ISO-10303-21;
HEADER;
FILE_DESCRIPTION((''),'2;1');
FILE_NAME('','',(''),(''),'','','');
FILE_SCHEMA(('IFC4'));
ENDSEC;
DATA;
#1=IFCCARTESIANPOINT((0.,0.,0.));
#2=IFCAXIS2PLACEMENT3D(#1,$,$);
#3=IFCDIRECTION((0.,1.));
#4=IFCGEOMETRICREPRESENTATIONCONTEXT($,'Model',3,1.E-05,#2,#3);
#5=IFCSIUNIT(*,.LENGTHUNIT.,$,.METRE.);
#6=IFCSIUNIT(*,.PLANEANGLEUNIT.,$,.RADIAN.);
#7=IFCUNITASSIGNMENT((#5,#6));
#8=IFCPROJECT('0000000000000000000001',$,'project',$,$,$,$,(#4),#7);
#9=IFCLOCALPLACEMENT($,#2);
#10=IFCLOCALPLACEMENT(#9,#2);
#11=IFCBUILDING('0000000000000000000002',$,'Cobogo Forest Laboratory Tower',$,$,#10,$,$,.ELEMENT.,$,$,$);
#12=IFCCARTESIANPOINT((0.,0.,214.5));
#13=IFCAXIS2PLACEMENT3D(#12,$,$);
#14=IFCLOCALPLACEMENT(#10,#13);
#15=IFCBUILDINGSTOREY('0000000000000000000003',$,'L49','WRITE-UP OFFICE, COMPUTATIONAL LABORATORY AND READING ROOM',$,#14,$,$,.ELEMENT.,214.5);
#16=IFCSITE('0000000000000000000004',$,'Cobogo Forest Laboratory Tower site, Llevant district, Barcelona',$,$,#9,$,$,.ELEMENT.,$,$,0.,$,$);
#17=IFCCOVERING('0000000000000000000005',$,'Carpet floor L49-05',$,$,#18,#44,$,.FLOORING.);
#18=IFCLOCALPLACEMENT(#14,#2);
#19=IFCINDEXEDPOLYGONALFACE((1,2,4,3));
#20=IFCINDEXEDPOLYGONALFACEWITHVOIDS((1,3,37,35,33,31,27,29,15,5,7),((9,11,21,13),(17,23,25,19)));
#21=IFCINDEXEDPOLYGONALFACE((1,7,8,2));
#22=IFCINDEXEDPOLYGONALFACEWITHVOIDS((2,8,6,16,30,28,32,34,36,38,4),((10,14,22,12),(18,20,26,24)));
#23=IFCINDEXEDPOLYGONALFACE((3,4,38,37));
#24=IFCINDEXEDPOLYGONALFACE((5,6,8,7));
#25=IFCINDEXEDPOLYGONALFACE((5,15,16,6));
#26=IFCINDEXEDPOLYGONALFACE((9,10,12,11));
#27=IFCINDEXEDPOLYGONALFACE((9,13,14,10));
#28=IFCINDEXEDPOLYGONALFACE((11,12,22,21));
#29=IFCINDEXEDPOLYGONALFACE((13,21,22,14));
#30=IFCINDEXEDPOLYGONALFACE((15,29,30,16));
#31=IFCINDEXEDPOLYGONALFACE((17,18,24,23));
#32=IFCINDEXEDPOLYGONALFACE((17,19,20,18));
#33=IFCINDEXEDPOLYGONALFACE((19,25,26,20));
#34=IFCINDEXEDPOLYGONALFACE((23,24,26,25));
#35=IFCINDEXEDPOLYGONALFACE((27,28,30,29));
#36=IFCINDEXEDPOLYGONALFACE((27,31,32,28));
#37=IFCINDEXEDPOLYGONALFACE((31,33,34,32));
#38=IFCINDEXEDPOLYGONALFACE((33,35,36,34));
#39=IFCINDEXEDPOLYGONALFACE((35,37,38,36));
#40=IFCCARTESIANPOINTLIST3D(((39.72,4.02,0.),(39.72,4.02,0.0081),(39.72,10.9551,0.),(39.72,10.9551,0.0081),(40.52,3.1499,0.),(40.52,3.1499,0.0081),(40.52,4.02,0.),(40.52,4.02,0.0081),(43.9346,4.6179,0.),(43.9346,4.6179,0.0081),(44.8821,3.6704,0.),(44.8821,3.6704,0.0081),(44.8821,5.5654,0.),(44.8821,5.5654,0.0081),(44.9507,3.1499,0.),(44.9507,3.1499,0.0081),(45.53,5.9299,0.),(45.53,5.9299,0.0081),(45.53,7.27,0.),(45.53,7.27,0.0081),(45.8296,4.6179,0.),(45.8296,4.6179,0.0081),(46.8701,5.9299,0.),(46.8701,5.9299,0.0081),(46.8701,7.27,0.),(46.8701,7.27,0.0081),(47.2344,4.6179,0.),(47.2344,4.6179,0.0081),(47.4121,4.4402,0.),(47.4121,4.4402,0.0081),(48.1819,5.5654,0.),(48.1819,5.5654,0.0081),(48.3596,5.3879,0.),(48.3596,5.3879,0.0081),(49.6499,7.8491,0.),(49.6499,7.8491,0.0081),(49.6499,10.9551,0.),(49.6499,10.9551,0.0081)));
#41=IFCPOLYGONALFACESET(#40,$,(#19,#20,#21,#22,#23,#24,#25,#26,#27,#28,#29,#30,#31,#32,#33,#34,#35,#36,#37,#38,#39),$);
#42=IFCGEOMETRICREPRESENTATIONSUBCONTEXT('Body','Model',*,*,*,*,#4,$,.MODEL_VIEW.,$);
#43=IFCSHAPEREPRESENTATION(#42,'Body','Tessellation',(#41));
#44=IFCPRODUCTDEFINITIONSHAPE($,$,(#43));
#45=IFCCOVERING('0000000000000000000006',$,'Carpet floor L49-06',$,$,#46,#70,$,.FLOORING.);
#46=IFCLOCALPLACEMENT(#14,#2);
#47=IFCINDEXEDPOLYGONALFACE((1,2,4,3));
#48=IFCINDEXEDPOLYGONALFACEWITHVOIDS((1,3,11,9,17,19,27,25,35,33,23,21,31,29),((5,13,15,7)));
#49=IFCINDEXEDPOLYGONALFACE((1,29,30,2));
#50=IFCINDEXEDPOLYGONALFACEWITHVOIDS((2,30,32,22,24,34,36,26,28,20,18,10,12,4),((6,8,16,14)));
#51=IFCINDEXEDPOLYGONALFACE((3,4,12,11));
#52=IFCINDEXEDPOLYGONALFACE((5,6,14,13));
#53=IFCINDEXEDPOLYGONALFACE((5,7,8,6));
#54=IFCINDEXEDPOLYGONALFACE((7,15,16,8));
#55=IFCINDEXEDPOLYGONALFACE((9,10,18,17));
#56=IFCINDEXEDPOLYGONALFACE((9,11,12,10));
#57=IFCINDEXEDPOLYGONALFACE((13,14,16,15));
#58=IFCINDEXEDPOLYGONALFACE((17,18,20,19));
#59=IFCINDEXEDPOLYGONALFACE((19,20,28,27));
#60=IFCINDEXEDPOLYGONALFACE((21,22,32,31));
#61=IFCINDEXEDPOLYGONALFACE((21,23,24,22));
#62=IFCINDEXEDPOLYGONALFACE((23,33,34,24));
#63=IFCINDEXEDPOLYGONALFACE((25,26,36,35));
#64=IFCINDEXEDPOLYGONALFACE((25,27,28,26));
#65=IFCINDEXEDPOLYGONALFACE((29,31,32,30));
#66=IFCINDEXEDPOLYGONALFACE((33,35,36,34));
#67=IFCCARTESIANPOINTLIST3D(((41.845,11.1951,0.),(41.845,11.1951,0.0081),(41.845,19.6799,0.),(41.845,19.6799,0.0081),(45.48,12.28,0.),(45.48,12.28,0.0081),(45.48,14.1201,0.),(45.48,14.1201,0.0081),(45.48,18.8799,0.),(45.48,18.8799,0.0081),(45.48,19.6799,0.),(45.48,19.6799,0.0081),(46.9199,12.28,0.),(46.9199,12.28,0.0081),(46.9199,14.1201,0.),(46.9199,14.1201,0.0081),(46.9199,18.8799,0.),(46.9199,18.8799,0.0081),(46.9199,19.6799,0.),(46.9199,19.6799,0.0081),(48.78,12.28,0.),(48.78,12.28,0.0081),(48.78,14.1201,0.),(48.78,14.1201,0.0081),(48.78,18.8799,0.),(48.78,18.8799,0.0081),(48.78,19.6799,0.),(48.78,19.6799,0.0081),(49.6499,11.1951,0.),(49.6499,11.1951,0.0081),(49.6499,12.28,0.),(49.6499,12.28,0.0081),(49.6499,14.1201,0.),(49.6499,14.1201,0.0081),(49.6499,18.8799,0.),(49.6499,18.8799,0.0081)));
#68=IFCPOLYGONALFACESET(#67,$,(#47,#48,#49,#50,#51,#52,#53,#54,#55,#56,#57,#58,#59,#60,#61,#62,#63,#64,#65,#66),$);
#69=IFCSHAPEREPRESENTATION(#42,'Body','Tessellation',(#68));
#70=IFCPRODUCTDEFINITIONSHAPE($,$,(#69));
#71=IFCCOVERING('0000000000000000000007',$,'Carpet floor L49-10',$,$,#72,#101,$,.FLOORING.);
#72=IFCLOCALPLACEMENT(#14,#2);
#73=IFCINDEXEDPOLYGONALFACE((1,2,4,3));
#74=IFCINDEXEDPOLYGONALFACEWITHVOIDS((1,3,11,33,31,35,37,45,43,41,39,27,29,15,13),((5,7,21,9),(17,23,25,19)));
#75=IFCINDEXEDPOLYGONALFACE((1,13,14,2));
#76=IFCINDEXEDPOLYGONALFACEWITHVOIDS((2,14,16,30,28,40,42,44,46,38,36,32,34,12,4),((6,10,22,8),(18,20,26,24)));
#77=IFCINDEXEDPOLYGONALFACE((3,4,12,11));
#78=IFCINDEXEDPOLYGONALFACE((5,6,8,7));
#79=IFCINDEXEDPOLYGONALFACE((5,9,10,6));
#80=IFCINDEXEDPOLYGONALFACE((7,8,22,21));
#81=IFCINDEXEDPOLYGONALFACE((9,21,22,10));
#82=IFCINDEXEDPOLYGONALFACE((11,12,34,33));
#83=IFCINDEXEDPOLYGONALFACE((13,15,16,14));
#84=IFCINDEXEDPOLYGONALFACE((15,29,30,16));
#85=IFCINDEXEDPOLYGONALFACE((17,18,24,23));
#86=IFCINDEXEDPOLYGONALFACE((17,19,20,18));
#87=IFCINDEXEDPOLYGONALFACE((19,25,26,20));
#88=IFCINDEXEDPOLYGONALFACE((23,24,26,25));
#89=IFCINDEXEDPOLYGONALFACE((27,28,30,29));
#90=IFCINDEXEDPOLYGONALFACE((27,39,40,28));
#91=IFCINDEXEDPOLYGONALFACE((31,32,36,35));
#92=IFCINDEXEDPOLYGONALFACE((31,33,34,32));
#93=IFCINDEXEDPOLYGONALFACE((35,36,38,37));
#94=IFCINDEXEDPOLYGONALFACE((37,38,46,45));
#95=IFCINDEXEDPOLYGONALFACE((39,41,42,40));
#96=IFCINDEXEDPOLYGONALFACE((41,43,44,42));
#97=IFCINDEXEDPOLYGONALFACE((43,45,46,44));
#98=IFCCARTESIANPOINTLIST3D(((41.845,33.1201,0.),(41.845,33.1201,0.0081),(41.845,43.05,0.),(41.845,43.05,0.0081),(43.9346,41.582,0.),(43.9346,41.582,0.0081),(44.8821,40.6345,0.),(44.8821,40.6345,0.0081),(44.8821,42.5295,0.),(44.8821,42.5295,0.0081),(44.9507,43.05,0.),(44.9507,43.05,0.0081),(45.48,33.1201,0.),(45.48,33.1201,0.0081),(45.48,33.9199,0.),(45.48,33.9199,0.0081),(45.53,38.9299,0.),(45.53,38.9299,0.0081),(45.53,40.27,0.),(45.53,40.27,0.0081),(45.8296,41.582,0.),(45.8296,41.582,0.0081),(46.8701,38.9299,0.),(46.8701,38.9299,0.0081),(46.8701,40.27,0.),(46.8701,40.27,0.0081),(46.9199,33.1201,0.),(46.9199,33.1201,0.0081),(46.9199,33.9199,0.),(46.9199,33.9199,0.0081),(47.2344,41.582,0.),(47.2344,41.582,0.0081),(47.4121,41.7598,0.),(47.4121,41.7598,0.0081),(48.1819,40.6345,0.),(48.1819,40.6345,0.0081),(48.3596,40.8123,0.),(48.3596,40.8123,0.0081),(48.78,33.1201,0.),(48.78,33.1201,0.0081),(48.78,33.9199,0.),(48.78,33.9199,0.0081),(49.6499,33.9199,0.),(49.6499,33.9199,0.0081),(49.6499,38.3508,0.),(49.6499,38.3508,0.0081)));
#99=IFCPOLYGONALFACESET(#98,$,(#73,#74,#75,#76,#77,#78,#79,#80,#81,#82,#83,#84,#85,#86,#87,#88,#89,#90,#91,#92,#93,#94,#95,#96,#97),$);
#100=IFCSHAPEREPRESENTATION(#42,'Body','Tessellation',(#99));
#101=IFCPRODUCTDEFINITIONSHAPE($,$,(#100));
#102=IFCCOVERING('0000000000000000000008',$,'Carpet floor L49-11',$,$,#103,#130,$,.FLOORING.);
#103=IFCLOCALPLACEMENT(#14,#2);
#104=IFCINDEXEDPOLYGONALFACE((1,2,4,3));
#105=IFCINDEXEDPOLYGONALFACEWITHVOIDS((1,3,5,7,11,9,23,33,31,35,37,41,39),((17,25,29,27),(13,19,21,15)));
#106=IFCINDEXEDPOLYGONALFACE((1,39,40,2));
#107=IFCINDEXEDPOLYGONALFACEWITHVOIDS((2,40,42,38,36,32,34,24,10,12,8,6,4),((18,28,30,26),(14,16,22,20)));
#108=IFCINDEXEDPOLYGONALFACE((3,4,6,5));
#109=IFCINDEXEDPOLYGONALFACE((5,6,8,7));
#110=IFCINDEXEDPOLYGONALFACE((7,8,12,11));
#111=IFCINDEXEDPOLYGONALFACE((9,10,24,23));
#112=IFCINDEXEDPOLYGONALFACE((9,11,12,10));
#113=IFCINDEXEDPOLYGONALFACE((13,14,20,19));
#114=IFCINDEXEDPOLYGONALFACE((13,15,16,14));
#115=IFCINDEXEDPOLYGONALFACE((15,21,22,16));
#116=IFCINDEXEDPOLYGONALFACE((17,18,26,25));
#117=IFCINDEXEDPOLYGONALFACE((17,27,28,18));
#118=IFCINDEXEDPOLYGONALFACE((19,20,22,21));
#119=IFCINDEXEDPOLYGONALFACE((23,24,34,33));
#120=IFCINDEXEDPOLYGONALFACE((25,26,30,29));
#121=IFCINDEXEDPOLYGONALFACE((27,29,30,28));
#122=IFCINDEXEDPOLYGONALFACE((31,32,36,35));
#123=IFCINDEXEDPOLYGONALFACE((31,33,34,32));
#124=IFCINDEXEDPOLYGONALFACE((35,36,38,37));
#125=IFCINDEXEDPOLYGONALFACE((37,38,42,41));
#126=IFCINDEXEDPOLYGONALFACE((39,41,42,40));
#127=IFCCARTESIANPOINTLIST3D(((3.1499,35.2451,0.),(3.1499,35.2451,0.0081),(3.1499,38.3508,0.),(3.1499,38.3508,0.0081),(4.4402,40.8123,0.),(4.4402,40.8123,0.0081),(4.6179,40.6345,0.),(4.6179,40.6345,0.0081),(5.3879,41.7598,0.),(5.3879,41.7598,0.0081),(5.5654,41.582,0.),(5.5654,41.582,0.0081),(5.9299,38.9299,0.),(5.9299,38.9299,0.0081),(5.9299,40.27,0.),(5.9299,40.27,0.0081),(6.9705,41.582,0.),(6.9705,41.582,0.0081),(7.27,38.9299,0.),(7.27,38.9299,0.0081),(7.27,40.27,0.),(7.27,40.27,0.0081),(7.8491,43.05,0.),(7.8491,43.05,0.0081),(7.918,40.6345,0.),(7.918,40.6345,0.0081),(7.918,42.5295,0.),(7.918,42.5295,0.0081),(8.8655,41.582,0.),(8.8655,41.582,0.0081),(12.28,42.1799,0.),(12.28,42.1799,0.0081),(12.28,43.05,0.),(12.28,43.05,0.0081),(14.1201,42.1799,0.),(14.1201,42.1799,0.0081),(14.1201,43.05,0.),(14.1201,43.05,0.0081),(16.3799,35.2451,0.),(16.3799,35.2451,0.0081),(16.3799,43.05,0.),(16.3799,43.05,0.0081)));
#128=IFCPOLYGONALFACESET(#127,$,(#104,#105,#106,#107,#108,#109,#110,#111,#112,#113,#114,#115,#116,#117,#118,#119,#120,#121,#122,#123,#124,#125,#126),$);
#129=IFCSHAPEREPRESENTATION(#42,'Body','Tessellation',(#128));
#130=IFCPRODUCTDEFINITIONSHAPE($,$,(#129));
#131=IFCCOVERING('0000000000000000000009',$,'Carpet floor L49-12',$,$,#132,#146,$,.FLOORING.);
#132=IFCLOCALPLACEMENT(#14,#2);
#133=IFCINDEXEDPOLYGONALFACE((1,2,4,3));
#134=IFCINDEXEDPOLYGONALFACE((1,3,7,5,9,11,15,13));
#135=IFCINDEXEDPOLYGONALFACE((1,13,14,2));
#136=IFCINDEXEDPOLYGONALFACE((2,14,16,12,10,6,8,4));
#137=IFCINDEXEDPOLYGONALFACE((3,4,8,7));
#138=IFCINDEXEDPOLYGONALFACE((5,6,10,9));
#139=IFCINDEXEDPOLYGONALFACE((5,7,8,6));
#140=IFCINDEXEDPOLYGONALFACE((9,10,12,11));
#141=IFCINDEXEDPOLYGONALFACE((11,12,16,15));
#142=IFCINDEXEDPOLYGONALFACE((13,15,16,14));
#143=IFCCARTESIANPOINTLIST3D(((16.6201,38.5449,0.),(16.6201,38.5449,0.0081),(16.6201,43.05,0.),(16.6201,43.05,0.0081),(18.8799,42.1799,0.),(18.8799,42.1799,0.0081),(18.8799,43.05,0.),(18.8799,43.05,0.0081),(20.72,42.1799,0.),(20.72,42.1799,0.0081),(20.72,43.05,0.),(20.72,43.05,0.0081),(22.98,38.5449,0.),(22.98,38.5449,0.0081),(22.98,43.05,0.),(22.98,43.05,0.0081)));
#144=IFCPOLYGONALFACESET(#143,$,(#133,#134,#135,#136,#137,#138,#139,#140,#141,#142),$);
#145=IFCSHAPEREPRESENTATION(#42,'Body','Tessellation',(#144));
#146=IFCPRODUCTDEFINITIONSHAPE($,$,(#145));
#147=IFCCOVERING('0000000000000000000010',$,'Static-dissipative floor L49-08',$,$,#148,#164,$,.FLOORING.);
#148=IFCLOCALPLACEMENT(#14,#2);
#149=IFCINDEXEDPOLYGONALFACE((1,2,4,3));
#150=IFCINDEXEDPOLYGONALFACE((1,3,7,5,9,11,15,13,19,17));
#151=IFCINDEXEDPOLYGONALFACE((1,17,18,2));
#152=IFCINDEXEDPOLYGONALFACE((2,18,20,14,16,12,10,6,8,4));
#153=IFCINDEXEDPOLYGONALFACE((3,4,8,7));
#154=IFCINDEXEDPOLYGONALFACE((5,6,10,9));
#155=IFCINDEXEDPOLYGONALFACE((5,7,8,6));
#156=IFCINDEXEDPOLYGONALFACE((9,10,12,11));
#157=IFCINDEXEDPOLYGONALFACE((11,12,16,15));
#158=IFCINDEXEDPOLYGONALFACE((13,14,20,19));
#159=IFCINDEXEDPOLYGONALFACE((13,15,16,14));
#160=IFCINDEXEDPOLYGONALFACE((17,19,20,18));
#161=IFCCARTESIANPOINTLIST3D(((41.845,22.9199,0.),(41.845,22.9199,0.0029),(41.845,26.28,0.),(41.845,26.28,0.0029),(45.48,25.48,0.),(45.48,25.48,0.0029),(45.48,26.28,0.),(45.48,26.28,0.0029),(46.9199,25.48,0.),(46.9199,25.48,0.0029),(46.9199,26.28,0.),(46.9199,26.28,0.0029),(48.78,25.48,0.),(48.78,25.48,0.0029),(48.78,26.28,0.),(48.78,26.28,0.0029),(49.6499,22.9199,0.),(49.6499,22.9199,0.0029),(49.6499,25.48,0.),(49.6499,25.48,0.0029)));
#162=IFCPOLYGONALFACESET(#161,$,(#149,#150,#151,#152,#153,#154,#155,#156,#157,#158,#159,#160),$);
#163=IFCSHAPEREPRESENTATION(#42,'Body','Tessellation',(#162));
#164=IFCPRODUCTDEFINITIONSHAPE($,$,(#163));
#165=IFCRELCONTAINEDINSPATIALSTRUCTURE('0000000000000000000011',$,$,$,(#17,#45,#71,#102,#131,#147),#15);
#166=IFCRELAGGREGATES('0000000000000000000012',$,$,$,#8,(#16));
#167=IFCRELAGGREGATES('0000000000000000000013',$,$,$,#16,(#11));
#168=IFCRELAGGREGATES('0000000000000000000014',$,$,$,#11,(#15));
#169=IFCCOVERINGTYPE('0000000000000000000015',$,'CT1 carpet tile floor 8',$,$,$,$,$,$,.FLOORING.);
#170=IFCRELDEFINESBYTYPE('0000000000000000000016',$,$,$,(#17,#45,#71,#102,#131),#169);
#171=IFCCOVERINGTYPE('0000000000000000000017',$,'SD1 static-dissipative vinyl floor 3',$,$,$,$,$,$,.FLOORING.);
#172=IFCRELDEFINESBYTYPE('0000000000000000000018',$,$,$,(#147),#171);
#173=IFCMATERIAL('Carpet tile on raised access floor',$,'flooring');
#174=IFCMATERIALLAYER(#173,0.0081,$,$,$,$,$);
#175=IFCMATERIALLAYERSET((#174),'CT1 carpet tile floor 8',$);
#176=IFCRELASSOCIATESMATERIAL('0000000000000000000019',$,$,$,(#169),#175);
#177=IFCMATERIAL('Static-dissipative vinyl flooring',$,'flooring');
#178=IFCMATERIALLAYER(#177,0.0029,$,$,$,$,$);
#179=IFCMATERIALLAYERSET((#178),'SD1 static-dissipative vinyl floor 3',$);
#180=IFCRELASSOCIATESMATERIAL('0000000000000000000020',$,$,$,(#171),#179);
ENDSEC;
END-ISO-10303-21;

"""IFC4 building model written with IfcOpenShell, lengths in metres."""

from ifc_helpers import new_model, si_unit, direction, frame, origin, place, context, subcontext, project, spatial, polyline, outline, extrude, material, layer, layer_set, type_object, element, save


model = new_model("IFC4")

# Units and contexts
model_context = context("Model", 3, precision=1e-05, world=origin(), true_north=direction((0.0, 1.0)))
body_context = subcontext(model_context, "Body", "Model", "MODEL_VIEW")
ifc_project = project(units=[si_unit("LENGTHUNIT", "METRE"), si_unit("PLANEANGLEUNIT", "RADIAN")], contexts=[model_context])

# Site, building, storey
site_placement = place(None, origin())
site = spatial("IfcSite", under=ifc_project, at=site_placement, Name="Cobogo Forest Laboratory Tower site, Llevant district, Barcelona", CompositionType="ELEMENT", RefElevation=0.0)
building_placement = place(site_placement, origin())
building = spatial("IfcBuilding", under=site, at=building_placement, Name="Cobogo Forest Laboratory Tower", CompositionType="ELEMENT")
storey_placement = place(building_placement, frame((0.0, 0.0, 214.5)))
storey = spatial("IfcBuildingStorey", under=building, at=storey_placement, Name="L49", Description="WRITE-UP OFFICE, COMPUTATIONAL LABORATORY AND READING ROOM", CompositionType="ELEMENT", Elevation=214.5)

# Coverings
ifc_material_1 = material(Name="Carpet tile on raised access floor", Category="flooring")
ifc_layer_1 = layer(ifc_material_1, 0.0081)
ifc_layer_set_1 = layer_set([ifc_layer_1], Name="CT1 carpet tile floor 8")
covering_type_1 = type_object("IfcCoveringType", Name="CT1 carpet tile floor 8", PredefinedType="FLOORING", material=ifc_layer_set_1)
covering_1_placement = place(storey_placement, origin())
element("IfcCovering", 1, at=covering_1_placement, inside=storey, type_object=covering_type_1, Name="Carpet floor L49-05", PredefinedType="FLOORING", context=body_context, shape_type="SweptSolid", body=[
    extrude(outline(polyline([(49.6499, 10.9551), (49.6499, 7.8491), (48.3596, 5.3879), (48.1819, 5.5654), (47.2344, 4.6179), (47.4121, 4.4402), (44.9507, 3.1499), (40.52, 3.1499), (40.52, 4.02), (39.72, 4.02), (39.72, 10.9551), (49.6499, 10.9551)]), holes=[polyline([(45.53, 5.9299), (46.8701, 5.9299), (46.8701, 7.27), (45.53, 7.27), (45.53, 5.9299)]), polyline([(44.8821, 3.6704), (45.8296, 4.6179), (44.8821, 5.5654), (43.9346, 4.6179), (44.8821, 3.6704)])]), origin(), (0.0, 0.0, 1.0), 0.0081),
])
covering_2_placement = place(storey_placement, origin())
element("IfcCovering", 2, at=covering_2_placement, inside=storey, type_object=covering_type_1, Name="Carpet floor L49-06", PredefinedType="FLOORING", context=body_context, shape_type="SweptSolid", body=[
    extrude(outline(polyline([(41.845, 19.6799), (45.48, 19.6799), (45.48, 18.8799), (46.9199, 18.8799), (46.9199, 19.6799), (48.78, 19.6799), (48.78, 18.8799), (49.6499, 18.8799), (49.6499, 14.1201), (48.78, 14.1201), (48.78, 12.28), (49.6499, 12.28), (49.6499, 11.1951), (41.845, 11.1951), (41.845, 19.6799)]), holes=[polyline([(46.9199, 12.28), (46.9199, 14.1201), (45.48, 14.1201), (45.48, 12.28), (46.9199, 12.28)])]), origin(), (0.0, 0.0, 1.0), 0.0081),
])
covering_3_placement = place(storey_placement, origin())
element("IfcCovering", 3, at=covering_3_placement, inside=storey, type_object=covering_type_1, Name="Carpet floor L49-10", PredefinedType="FLOORING", context=body_context, shape_type="SweptSolid", body=[
    extrude(outline(polyline([(41.845, 43.05), (44.9507, 43.05), (47.4121, 41.7598), (47.2344, 41.582), (48.1819, 40.6345), (48.3596, 40.8123), (49.6499, 38.3508), (49.6499, 33.9199), (48.78, 33.9199), (48.78, 33.1201), (46.9199, 33.1201), (46.9199, 33.9199), (45.48, 33.9199), (45.48, 33.1201), (41.845, 33.1201), (41.845, 43.05)]), holes=[polyline([(45.53, 40.27), (45.53, 38.9299), (46.8701, 38.9299), (46.8701, 40.27), (45.53, 40.27)]), polyline([(44.8821, 40.6345), (45.8296, 41.582), (44.8821, 42.5295), (43.9346, 41.582), (44.8821, 40.6345)])]), origin(), (0.0, 0.0, 1.0), 0.0081),
])
covering_4_placement = place(storey_placement, origin())
element("IfcCovering", 4, at=covering_4_placement, inside=storey, type_object=covering_type_1, Name="Carpet floor L49-11", PredefinedType="FLOORING", context=body_context, shape_type="SweptSolid", body=[
    extrude(outline(polyline([(3.1499, 35.2451), (3.1499, 38.3508), (4.4402, 40.8123), (4.6179, 40.6345), (5.5654, 41.582), (5.3879, 41.7598), (7.8491, 43.05), (12.28, 43.05), (12.28, 42.1799), (14.1201, 42.1799), (14.1201, 43.05), (16.3799, 43.05), (16.3799, 35.2451), (3.1499, 35.2451)]), holes=[polyline([(7.918, 40.6345), (8.8655, 41.582), (7.918, 42.5295), (6.9705, 41.582), (7.918, 40.6345)]), polyline([(5.9299, 38.9299), (7.27, 38.9299), (7.27, 40.27), (5.9299, 40.27), (5.9299, 38.9299)])]), origin(), (0.0, 0.0, 1.0), 0.0081),
])
covering_5_placement = place(storey_placement, origin())
element("IfcCovering", 5, at=covering_5_placement, inside=storey, type_object=covering_type_1, Name="Carpet floor L49-12", PredefinedType="FLOORING", context=body_context, shape_type="SweptSolid", body=[
    extrude(outline(polyline([(16.6201, 38.5449), (16.6201, 43.05), (18.8799, 43.05), (18.8799, 42.1799), (20.72, 42.1799), (20.72, 43.05), (22.98, 43.05), (22.98, 38.5449), (16.6201, 38.5449)])), origin(), (0.0, 0.0, 1.0), 0.0081),
])
ifc_material_2 = material(Name="Static-dissipative vinyl flooring", Category="flooring")
ifc_layer_2 = layer(ifc_material_2, 0.0029)
ifc_layer_set_2 = layer_set([ifc_layer_2], Name="SD1 static-dissipative vinyl floor 3")
covering_type_2 = type_object("IfcCoveringType", Name="SD1 static-dissipative vinyl floor 3", PredefinedType="FLOORING", material=ifc_layer_set_2)
covering_6_placement = place(storey_placement, origin())
element("IfcCovering", 6, at=covering_6_placement, inside=storey, type_object=covering_type_2, Name="Static-dissipative floor L49-08", PredefinedType="FLOORING", context=body_context, shape_type="SweptSolid", body=[
    extrude(outline(polyline([(41.845, 26.28), (45.48, 26.28), (45.48, 25.48), (46.9199, 25.48), (46.9199, 26.28), (48.78, 26.28), (48.78, 25.48), (49.6499, 25.48), (49.6499, 22.9199), (41.845, 22.9199), (41.845, 26.28)])), origin(), (0.0, 0.0, 1.0), 0.0029),
])

save(model, "model.ifc")
